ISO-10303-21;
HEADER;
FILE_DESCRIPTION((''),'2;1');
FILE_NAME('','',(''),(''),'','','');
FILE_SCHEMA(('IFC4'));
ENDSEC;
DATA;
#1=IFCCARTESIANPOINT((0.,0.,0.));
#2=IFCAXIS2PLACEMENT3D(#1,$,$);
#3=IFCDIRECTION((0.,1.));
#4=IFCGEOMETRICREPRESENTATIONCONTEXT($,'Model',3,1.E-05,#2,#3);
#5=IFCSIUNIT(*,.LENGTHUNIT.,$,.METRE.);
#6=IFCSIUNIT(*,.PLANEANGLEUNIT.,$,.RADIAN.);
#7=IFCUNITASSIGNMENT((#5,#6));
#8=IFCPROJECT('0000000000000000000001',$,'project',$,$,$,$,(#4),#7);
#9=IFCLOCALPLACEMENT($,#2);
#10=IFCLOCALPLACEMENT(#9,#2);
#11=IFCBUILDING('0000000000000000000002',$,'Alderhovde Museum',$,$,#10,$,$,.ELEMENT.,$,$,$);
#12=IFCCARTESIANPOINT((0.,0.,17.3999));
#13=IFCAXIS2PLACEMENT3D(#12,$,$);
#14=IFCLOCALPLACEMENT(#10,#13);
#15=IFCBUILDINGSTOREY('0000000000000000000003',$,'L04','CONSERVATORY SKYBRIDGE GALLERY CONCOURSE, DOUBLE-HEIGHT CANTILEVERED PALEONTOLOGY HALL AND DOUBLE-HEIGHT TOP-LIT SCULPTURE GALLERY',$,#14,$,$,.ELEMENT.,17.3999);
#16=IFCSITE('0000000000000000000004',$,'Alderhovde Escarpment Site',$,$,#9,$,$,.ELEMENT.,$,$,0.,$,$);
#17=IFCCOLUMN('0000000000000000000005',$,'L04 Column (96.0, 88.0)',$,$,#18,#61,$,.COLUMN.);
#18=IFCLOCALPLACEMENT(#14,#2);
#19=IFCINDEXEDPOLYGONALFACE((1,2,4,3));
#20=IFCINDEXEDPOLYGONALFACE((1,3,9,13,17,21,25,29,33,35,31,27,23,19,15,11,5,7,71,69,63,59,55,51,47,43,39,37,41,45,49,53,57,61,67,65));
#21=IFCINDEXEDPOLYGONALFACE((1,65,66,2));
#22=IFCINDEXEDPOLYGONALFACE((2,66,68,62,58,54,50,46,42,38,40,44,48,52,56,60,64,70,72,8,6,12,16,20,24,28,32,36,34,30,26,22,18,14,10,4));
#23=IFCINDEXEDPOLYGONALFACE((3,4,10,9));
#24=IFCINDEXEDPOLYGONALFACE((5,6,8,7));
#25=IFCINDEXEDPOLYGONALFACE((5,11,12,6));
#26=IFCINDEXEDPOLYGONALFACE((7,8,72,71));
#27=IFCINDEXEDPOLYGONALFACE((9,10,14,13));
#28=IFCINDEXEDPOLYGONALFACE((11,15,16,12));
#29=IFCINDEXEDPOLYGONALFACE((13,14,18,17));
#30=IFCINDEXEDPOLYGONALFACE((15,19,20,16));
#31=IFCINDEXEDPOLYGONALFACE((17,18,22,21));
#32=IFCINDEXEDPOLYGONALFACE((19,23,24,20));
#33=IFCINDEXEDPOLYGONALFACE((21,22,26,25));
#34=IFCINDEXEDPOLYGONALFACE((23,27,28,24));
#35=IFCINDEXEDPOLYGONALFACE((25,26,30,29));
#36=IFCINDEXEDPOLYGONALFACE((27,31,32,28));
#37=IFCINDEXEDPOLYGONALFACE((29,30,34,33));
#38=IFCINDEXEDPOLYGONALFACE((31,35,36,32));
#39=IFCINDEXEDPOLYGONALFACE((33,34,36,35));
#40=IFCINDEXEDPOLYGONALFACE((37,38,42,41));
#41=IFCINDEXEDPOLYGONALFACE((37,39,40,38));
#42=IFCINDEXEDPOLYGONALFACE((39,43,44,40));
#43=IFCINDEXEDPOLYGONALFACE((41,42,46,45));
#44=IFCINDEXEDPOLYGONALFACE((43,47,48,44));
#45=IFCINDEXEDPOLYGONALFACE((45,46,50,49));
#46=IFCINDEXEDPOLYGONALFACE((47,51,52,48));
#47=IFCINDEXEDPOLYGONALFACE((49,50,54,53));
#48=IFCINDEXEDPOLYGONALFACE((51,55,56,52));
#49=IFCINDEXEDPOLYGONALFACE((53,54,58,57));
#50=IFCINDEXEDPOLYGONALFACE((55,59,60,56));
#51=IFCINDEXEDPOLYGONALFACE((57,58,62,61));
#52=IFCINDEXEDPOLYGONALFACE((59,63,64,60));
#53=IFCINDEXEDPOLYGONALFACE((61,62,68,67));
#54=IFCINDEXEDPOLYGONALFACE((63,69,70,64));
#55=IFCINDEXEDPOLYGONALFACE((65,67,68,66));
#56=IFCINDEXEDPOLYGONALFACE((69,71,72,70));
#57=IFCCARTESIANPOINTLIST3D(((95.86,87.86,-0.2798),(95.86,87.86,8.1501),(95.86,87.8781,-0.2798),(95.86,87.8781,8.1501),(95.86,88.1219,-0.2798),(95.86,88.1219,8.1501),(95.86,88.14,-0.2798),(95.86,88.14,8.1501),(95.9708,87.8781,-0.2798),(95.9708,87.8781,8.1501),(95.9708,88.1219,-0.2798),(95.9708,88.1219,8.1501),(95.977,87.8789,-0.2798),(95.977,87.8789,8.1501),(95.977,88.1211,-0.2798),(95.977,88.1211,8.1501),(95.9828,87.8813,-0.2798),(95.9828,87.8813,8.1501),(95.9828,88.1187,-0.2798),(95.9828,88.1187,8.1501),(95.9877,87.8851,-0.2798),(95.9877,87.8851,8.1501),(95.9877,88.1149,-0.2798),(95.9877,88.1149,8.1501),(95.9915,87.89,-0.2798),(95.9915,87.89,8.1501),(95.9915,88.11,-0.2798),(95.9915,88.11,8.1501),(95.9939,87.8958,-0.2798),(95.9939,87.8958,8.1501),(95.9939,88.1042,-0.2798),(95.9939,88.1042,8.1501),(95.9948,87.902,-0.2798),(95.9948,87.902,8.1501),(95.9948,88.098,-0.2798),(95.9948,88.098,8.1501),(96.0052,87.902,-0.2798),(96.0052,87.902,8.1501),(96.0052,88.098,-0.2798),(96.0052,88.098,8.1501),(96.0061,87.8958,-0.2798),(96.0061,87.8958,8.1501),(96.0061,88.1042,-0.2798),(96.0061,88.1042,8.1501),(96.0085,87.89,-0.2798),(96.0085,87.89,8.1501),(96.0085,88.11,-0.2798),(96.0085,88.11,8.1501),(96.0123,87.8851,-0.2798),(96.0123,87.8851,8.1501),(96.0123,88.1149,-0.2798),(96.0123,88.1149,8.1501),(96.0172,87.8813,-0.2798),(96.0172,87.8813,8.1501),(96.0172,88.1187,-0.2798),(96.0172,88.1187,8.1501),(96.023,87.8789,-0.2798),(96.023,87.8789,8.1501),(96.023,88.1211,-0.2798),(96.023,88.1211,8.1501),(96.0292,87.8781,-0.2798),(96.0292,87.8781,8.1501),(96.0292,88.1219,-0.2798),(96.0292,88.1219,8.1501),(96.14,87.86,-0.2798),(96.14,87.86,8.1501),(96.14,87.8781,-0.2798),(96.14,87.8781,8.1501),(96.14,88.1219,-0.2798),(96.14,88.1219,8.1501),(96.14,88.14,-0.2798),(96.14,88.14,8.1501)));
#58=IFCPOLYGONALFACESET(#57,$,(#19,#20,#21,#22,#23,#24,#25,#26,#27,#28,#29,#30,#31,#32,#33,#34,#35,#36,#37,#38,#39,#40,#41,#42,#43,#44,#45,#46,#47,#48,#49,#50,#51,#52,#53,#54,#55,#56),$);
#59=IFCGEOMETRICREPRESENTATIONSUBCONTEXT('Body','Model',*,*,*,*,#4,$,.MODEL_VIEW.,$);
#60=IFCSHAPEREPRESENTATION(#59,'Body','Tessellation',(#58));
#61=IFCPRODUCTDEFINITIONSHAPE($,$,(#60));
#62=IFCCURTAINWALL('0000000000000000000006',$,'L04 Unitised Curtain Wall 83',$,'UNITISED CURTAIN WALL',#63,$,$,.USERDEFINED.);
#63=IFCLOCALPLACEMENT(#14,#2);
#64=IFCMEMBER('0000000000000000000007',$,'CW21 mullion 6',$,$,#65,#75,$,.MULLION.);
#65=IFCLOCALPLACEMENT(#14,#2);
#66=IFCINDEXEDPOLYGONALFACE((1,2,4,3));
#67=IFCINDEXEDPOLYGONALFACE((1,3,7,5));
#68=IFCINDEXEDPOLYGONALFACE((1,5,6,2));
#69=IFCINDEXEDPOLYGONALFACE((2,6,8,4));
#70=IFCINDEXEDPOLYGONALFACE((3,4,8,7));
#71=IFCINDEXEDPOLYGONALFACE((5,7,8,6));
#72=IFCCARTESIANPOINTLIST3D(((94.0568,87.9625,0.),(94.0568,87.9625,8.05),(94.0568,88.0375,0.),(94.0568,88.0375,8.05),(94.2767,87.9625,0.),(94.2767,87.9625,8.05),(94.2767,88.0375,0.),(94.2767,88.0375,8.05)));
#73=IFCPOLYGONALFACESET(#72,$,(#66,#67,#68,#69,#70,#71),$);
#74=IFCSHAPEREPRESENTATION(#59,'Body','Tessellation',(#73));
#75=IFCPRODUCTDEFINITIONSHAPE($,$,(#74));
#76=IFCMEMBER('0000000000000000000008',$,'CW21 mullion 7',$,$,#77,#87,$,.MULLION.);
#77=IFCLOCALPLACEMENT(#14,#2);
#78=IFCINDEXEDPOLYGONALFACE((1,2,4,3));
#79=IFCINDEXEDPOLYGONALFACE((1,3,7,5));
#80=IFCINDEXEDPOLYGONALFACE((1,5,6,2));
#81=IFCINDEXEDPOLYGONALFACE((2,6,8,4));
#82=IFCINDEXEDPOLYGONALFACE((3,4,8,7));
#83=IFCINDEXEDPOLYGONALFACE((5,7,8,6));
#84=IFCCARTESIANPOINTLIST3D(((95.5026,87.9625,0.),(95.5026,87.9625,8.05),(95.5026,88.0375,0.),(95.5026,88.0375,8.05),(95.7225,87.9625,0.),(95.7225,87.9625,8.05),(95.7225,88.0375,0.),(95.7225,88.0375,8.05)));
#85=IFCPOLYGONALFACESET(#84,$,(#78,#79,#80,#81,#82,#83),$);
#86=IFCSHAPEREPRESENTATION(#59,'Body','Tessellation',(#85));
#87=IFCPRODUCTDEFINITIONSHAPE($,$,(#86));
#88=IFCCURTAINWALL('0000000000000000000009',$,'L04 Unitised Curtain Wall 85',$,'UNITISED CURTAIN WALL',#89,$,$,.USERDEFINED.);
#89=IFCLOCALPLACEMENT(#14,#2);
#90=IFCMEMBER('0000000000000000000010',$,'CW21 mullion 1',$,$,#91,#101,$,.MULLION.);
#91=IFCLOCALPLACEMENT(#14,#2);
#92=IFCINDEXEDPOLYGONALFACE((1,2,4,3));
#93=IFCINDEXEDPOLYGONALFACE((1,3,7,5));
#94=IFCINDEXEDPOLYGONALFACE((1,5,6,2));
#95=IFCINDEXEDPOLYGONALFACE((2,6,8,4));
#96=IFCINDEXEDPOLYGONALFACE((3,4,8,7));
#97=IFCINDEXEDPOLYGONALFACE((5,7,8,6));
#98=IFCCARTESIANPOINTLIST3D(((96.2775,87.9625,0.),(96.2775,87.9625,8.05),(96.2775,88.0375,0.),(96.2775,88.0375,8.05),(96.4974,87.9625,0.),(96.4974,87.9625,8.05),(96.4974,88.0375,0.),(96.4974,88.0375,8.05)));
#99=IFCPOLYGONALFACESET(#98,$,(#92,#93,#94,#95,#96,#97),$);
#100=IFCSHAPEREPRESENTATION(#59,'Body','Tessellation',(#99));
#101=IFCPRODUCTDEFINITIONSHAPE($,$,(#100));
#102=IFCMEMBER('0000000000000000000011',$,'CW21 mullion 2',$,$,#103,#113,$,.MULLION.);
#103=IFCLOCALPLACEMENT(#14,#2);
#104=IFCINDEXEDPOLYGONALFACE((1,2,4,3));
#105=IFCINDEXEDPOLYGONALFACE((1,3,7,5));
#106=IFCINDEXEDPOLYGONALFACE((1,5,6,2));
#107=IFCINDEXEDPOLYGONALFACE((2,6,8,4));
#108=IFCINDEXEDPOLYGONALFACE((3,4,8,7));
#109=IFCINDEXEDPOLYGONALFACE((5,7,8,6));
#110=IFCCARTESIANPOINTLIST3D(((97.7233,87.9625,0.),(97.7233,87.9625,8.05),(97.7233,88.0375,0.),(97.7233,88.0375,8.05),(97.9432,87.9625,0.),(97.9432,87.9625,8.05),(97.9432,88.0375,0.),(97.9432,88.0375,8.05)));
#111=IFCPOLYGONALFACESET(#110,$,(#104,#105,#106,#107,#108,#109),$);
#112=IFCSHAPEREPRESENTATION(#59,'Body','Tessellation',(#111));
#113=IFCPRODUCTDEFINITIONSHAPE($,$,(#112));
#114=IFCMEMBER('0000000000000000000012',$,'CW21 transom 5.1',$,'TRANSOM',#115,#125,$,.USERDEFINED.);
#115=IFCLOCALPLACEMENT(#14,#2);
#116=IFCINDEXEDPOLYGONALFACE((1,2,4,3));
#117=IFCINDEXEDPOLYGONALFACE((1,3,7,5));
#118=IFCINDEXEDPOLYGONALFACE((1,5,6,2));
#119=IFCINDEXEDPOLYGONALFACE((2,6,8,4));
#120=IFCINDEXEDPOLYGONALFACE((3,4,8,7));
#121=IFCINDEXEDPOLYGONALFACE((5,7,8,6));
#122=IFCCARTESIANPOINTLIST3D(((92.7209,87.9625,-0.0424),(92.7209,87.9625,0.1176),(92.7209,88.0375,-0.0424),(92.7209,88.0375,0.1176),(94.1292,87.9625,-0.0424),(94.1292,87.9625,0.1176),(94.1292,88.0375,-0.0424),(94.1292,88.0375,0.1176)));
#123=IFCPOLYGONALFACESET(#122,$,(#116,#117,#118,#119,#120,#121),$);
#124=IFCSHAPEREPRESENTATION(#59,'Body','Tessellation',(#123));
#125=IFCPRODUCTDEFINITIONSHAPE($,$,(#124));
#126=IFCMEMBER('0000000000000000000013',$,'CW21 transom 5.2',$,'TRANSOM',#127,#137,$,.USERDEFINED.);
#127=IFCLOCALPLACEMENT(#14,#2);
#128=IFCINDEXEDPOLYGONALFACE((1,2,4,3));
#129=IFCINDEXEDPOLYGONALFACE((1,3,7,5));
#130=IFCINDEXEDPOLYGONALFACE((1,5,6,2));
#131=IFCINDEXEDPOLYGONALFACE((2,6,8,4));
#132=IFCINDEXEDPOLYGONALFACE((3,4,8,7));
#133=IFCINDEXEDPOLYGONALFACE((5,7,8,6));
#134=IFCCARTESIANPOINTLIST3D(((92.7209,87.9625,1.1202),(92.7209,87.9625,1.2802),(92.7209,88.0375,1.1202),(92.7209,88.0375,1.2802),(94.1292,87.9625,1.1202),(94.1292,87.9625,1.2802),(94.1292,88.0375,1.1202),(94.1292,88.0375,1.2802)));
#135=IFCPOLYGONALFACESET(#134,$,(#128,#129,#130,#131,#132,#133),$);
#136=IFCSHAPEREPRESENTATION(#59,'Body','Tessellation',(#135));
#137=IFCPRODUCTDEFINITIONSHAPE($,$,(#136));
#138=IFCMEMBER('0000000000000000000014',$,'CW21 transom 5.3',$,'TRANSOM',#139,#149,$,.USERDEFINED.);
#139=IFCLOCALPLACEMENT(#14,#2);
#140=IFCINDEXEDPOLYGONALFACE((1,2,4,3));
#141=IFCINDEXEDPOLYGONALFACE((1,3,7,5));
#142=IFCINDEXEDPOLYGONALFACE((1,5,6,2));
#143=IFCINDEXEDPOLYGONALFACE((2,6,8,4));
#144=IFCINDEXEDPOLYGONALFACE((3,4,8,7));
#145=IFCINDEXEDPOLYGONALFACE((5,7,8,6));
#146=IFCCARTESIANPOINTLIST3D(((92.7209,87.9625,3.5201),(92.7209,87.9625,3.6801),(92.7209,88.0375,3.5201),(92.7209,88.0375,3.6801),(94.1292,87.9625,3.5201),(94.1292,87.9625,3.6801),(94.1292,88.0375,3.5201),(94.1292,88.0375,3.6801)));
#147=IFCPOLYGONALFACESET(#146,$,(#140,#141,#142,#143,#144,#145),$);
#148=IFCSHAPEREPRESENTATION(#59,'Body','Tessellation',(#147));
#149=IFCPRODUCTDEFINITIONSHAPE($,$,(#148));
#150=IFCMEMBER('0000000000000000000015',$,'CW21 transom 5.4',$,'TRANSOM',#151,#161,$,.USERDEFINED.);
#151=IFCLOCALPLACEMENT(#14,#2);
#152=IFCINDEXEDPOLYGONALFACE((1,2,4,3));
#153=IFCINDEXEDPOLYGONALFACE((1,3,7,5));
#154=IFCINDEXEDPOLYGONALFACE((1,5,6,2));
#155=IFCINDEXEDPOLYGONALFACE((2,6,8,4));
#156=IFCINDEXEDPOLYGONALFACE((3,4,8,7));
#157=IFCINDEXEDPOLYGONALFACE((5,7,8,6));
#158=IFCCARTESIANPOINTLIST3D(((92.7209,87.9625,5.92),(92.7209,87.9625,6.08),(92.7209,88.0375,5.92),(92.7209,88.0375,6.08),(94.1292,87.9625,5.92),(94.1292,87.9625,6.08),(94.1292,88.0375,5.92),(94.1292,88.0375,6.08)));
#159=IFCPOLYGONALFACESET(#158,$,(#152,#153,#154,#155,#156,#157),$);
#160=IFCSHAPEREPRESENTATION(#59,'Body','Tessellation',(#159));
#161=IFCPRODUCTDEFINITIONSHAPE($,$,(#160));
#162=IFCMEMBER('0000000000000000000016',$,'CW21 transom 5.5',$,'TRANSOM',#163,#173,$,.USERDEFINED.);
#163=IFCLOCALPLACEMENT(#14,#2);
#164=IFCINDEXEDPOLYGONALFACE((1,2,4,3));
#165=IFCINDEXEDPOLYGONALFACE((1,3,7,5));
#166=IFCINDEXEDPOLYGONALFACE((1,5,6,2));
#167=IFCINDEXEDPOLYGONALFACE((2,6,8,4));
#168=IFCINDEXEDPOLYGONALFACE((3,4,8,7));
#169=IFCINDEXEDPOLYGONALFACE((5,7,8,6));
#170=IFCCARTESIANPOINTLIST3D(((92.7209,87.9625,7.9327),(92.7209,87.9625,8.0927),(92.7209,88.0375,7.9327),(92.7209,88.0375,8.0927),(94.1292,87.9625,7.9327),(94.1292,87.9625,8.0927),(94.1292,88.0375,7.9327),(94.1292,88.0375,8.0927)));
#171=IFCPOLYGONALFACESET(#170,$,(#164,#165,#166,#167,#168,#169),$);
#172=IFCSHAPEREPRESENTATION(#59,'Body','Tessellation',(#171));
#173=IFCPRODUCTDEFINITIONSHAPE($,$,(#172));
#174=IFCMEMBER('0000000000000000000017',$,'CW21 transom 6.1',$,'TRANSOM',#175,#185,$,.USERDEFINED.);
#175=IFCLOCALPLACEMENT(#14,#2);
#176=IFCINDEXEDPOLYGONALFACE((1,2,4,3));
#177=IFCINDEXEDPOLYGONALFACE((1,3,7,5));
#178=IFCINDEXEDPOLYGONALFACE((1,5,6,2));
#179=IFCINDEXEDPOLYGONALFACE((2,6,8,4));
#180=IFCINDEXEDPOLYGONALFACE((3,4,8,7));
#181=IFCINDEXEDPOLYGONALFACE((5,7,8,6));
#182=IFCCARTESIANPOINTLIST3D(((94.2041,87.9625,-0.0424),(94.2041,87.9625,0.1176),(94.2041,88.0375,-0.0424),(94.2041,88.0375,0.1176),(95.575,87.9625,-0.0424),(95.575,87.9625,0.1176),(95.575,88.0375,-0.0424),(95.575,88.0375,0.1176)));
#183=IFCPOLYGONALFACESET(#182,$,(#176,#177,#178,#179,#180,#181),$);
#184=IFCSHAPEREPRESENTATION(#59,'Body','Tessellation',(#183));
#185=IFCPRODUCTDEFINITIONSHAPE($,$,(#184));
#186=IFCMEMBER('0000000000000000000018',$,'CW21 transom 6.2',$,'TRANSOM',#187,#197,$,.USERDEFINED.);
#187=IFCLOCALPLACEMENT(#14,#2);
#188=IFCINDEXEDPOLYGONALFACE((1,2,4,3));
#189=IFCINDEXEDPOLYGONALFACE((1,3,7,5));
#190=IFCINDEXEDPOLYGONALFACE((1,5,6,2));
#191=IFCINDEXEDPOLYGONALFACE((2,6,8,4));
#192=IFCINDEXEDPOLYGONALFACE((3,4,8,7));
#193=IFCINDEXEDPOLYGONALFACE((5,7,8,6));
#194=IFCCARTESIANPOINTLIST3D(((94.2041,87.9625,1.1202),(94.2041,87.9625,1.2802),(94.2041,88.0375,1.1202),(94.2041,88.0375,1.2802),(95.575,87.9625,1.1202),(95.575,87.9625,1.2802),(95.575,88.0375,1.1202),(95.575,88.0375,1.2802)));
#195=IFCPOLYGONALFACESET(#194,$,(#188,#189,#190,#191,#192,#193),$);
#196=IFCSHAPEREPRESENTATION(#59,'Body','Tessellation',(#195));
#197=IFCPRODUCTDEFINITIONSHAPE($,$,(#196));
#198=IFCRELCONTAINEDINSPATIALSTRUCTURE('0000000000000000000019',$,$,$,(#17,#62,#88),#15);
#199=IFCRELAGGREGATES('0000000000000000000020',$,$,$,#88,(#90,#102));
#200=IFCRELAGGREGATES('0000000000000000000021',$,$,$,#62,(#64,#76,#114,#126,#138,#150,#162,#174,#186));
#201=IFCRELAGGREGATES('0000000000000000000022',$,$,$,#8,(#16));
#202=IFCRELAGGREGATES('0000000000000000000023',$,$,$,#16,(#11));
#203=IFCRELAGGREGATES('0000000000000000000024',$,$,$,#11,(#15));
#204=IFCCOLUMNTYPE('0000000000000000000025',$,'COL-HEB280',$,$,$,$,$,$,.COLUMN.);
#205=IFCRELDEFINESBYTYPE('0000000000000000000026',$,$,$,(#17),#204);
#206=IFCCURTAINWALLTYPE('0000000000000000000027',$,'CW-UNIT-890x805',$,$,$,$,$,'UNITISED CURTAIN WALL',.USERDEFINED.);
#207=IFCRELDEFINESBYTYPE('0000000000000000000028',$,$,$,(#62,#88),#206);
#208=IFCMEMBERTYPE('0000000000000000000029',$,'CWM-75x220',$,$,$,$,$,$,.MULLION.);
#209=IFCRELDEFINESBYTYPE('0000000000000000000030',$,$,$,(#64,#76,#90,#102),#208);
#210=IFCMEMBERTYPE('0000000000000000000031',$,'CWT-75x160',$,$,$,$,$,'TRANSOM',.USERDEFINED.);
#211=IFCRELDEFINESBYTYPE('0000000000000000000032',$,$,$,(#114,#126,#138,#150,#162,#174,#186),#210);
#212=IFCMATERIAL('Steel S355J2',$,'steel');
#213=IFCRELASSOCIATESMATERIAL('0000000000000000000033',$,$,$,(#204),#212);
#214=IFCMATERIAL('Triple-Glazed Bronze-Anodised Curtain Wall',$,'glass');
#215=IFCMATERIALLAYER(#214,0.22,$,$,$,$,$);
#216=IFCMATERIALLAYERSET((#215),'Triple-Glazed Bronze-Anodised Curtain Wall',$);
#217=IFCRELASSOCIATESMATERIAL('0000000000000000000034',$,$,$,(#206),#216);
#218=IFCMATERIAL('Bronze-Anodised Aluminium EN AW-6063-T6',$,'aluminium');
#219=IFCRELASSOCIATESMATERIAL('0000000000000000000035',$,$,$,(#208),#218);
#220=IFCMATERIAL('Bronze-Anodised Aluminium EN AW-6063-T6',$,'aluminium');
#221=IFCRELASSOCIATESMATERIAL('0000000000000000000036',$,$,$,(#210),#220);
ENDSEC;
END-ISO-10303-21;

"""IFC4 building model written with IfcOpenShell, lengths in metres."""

from ifc_helpers import new_model, si_unit, direction, frame, origin, origin_2d, place, context, subcontext, project, spatial, rectangle, i_section, extrude, material, layer, layer_set, material_profile, profile_set, type_object, element, aggregate, save


model = new_model("IFC4")

# Units and contexts
model_context = context("Model", 3, precision=1e-05, world=origin(), true_north=direction((0.0, 1.0)))
body_context = subcontext(model_context, "Body", "Model", "MODEL_VIEW")
ifc_project = project(units=[si_unit("LENGTHUNIT", "METRE"), si_unit("PLANEANGLEUNIT", "RADIAN")], contexts=[model_context])

# Site, building, storey
site_placement = place(None, origin())
site = spatial("IfcSite", under=ifc_project, at=site_placement, Name="Alderhovde Escarpment Site", CompositionType="ELEMENT", RefElevation=0.0)
building_placement = place(site_placement, origin())
building = spatial("IfcBuilding", under=site, at=building_placement, Name="Alderhovde Museum", CompositionType="ELEMENT")
storey_placement = place(building_placement, frame((0.0, 0.0, 17.3999)))
storey = spatial("IfcBuildingStorey", under=building, at=storey_placement, Name="L04", Description="CONSERVATORY SKYBRIDGE GALLERY CONCOURSE, DOUBLE-HEIGHT CANTILEVERED PALEONTOLOGY HALL AND DOUBLE-HEIGHT TOP-LIT SCULPTURE GALLERY", CompositionType="ELEMENT", Elevation=17.3999)

# Column
ifc_material_1 = material(Name="Steel S355J2", Category="steel")
ifc_material_profile_1 = material_profile(ifc_material_1, i_section(OverallWidth=0.28, OverallDepth=0.28, WebThickness=0.0105, FlangeThickness=0.0181, FilletRadius=0.0239, at=origin_2d()), Name="HEB 280")
ifc_profile_set_1 = profile_set([ifc_material_profile_1], Name="Steel S355J2")
column_type = type_object("IfcColumnType", Name="COL-HEB280", PredefinedType="COLUMN", material=ifc_profile_set_1)
column_placement = place(storey_placement, frame((96.0, 88.0, -0.2798), z_axis=(0.0, 0.0, 1.0), x_axis=(1.0, 0.0, 0.0)))
element("IfcColumn", 1, at=column_placement, inside=storey, type_object=column_type, Name="L04 Column (96.0, 88.0)", PredefinedType="COLUMN", context=body_context, shape_type="SweptSolid", body=[
    extrude(i_section(OverallWidth=0.28, OverallDepth=0.28, WebThickness=0.0105, FlangeThickness=0.0181, FilletRadius=0.0239, at=origin_2d()), origin(), (0.0, 0.0, 1.0), 8.4299),
])

# Curtain walls, members
ifc_material_2 = material(Name="Triple-Glazed Bronze-Anodised Curtain Wall", Category="glass")
ifc_layer_1 = layer(ifc_material_2, 0.22)
ifc_layer_set_1 = layer_set([ifc_layer_1], Name="Triple-Glazed Bronze-Anodised Curtain Wall")
curtain_wall_type = type_object("IfcCurtainWallType", Name="CW-UNIT-890x805", ElementType="UNITISED CURTAIN WALL", PredefinedType="USERDEFINED", material=ifc_layer_set_1)
curtain_wall_1_placement = place(storey_placement, origin())
curtain_wall_1 = element("IfcCurtainWall", 2, at=curtain_wall_1_placement, inside=storey, type_object=curtain_wall_type, Name="L04 Unitised Curtain Wall 83", ObjectType="UNITISED CURTAIN WALL", PredefinedType="USERDEFINED")
ifc_material_3 = material(Name="Bronze-Anodised Aluminium EN AW-6063-T6", Category="aluminium")
ifc_material_profile_2 = material_profile(ifc_material_3, rectangle(XDim=0.075, YDim=0.22, at=origin_2d()), Name="MULLION 75x220")
ifc_profile_set_2 = profile_set([ifc_material_profile_2], Name="Bronze-Anodised Aluminium EN AW-6063-T6")
member_type_1 = type_object("IfcMemberType", Name="CWM-75x220", PredefinedType="MULLION", material=ifc_profile_set_2)
member_1_placement = place(storey_placement, frame((94.1667, 88.0, 0.0), z_axis=(0.0, 0.0, 1.0), x_axis=(0.0, 1.0, 0.0)))
member_1 = element("IfcMember", 3, at=member_1_placement, type_object=member_type_1, Name="CW21 mullion 6", PredefinedType="MULLION", context=body_context, shape_type="SweptSolid", body=[
    extrude(rectangle(XDim=0.075, YDim=0.22, at=origin_2d()), origin(), (0.0, 0.0, 1.0), 8.05),
])
member_2_placement = place(storey_placement, frame((95.6125, 88.0, 0.0), z_axis=(0.0, 0.0, 1.0), x_axis=(0.0, 1.0, 0.0)))
member_2 = element("IfcMember", 4, at=member_2_placement, type_object=member_type_1, Name="CW21 mullion 7", PredefinedType="MULLION", context=body_context, shape_type="SweptSolid", body=[
    extrude(rectangle(XDim=0.075, YDim=0.22, at=origin_2d()), origin(), (0.0, 0.0, 1.0), 8.05),
])
curtain_wall_2_placement = place(storey_placement, origin())
curtain_wall_2 = element("IfcCurtainWall", 5, at=curtain_wall_2_placement, inside=storey, type_object=curtain_wall_type, Name="L04 Unitised Curtain Wall 85", ObjectType="UNITISED CURTAIN WALL", PredefinedType="USERDEFINED")
member_3_placement = place(storey_placement, frame((96.3875, 88.0, 0.0), z_axis=(0.0, 0.0, 1.0), x_axis=(0.0, 1.0, 0.0)))
member_3 = element("IfcMember", 6, at=member_3_placement, type_object=member_type_1, Name="CW21 mullion 1", PredefinedType="MULLION", context=body_context, shape_type="SweptSolid", body=[
    extrude(rectangle(XDim=0.075, YDim=0.22, at=origin_2d()), origin(), (0.0, 0.0, 1.0), 8.05),
])
member_4_placement = place(storey_placement, frame((97.8333, 88.0, 0.0), z_axis=(0.0, 0.0, 1.0), x_axis=(0.0, 1.0, 0.0)))
member_4 = element("IfcMember", 7, at=member_4_placement, type_object=member_type_1, Name="CW21 mullion 2", PredefinedType="MULLION", context=body_context, shape_type="SweptSolid", body=[
    extrude(rectangle(XDim=0.075, YDim=0.22, at=origin_2d()), origin(), (0.0, 0.0, 1.0), 8.05),
])

# Members
ifc_material_4 = material(Name="Bronze-Anodised Aluminium EN AW-6063-T6", Category="aluminium")
ifc_material_profile_3 = material_profile(ifc_material_4, rectangle(XDim=0.075, YDim=0.1599, at=origin_2d()), Name="TRANSOM 75x160")
ifc_profile_set_3 = profile_set([ifc_material_profile_3], Name="Bronze-Anodised Aluminium EN AW-6063-T6")
member_type_2 = type_object("IfcMemberType", Name="CWT-75x160", ElementType="TRANSOM", PredefinedType="USERDEFINED", material=ifc_profile_set_3)
member_5_placement = place(storey_placement, frame((92.7209, 88.0, 0.0376), z_axis=(1.0, 0.0, 0.0), x_axis=(0.0, 1.0, 0.0)))
member_5 = element("IfcMember", 8, at=member_5_placement, type_object=member_type_2, Name="CW21 transom 5.1", ObjectType="TRANSOM", PredefinedType="USERDEFINED", context=body_context, shape_type="SweptSolid", body=[
    extrude(rectangle(XDim=0.075, YDim=0.1599, at=origin_2d()), origin(), (0.0, 0.0, 1.0), 1.4082),
])
member_6_placement = place(storey_placement, frame((92.7209, 88.0, 1.2002), z_axis=(1.0, 0.0, 0.0), x_axis=(0.0, 1.0, 0.0)))
member_6 = element("IfcMember", 9, at=member_6_placement, type_object=member_type_2, Name="CW21 transom 5.2", ObjectType="TRANSOM", PredefinedType="USERDEFINED", context=body_context, shape_type="SweptSolid", body=[
    extrude(rectangle(XDim=0.075, YDim=0.1599, at=origin_2d()), origin(), (0.0, 0.0, 1.0), 1.4082),
])
member_7_placement = place(storey_placement, frame((92.7209, 88.0, 3.6001), z_axis=(1.0, 0.0, 0.0), x_axis=(0.0, 1.0, 0.0)))
member_7 = element("IfcMember", 10, at=member_7_placement, type_object=member_type_2, Name="CW21 transom 5.3", ObjectType="TRANSOM", PredefinedType="USERDEFINED", context=body_context, shape_type="SweptSolid", body=[
    extrude(rectangle(XDim=0.075, YDim=0.1599, at=origin_2d()), origin(), (0.0, 0.0, 1.0), 1.4082),
])
member_8_placement = place(storey_placement, frame((92.7209, 88.0, 6.0), z_axis=(1.0, 0.0, 0.0), x_axis=(0.0, 1.0, 0.0)))
member_8 = element("IfcMember", 11, at=member_8_placement, type_object=member_type_2, Name="CW21 transom 5.4", ObjectType="TRANSOM", PredefinedType="USERDEFINED", context=body_context, shape_type="SweptSolid", body=[
    extrude(rectangle(XDim=0.075, YDim=0.1599, at=origin_2d()), origin(), (0.0, 0.0, 1.0), 1.4082),
])
member_9_placement = place(storey_placement, frame((92.7209, 88.0, 8.0127), z_axis=(1.0, 0.0, 0.0), x_axis=(0.0, 1.0, 0.0)))
member_9 = element("IfcMember", 12, at=member_9_placement, type_object=member_type_2, Name="CW21 transom 5.5", ObjectType="TRANSOM", PredefinedType="USERDEFINED", context=body_context, shape_type="SweptSolid", body=[
    extrude(rectangle(XDim=0.075, YDim=0.1599, at=origin_2d()), origin(), (0.0, 0.0, 1.0), 1.4082),
])
member_10_placement = place(storey_placement, frame((94.2041, 88.0, 0.0376), z_axis=(1.0, 0.0, 0.0), x_axis=(0.0, 1.0, 0.0)))
member_10 = element("IfcMember", 13, at=member_10_placement, type_object=member_type_2, Name="CW21 transom 6.1", ObjectType="TRANSOM", PredefinedType="USERDEFINED", context=body_context, shape_type="SweptSolid", body=[
    extrude(rectangle(XDim=0.075, YDim=0.1599, at=origin_2d()), origin(), (0.0, 0.0, 1.0), 1.3708),
])
member_11_placement = place(storey_placement, frame((94.2041, 88.0, 1.2002), z_axis=(1.0, 0.0, 0.0), x_axis=(0.0, 1.0, 0.0)))
member_11 = element("IfcMember", 14, at=member_11_placement, type_object=member_type_2, Name="CW21 transom 6.2", ObjectType="TRANSOM", PredefinedType="USERDEFINED", context=body_context, shape_type="SweptSolid", body=[
    extrude(rectangle(XDim=0.075, YDim=0.1599, at=origin_2d()), origin(), (0.0, 0.0, 1.0), 1.3708),
])

aggregate(curtain_wall_2, [member_3, member_4])
aggregate(curtain_wall_1, [member_1, member_2, member_5, member_6, member_7, member_8, member_9, member_10, member_11])

save(model, "model.ifc")
